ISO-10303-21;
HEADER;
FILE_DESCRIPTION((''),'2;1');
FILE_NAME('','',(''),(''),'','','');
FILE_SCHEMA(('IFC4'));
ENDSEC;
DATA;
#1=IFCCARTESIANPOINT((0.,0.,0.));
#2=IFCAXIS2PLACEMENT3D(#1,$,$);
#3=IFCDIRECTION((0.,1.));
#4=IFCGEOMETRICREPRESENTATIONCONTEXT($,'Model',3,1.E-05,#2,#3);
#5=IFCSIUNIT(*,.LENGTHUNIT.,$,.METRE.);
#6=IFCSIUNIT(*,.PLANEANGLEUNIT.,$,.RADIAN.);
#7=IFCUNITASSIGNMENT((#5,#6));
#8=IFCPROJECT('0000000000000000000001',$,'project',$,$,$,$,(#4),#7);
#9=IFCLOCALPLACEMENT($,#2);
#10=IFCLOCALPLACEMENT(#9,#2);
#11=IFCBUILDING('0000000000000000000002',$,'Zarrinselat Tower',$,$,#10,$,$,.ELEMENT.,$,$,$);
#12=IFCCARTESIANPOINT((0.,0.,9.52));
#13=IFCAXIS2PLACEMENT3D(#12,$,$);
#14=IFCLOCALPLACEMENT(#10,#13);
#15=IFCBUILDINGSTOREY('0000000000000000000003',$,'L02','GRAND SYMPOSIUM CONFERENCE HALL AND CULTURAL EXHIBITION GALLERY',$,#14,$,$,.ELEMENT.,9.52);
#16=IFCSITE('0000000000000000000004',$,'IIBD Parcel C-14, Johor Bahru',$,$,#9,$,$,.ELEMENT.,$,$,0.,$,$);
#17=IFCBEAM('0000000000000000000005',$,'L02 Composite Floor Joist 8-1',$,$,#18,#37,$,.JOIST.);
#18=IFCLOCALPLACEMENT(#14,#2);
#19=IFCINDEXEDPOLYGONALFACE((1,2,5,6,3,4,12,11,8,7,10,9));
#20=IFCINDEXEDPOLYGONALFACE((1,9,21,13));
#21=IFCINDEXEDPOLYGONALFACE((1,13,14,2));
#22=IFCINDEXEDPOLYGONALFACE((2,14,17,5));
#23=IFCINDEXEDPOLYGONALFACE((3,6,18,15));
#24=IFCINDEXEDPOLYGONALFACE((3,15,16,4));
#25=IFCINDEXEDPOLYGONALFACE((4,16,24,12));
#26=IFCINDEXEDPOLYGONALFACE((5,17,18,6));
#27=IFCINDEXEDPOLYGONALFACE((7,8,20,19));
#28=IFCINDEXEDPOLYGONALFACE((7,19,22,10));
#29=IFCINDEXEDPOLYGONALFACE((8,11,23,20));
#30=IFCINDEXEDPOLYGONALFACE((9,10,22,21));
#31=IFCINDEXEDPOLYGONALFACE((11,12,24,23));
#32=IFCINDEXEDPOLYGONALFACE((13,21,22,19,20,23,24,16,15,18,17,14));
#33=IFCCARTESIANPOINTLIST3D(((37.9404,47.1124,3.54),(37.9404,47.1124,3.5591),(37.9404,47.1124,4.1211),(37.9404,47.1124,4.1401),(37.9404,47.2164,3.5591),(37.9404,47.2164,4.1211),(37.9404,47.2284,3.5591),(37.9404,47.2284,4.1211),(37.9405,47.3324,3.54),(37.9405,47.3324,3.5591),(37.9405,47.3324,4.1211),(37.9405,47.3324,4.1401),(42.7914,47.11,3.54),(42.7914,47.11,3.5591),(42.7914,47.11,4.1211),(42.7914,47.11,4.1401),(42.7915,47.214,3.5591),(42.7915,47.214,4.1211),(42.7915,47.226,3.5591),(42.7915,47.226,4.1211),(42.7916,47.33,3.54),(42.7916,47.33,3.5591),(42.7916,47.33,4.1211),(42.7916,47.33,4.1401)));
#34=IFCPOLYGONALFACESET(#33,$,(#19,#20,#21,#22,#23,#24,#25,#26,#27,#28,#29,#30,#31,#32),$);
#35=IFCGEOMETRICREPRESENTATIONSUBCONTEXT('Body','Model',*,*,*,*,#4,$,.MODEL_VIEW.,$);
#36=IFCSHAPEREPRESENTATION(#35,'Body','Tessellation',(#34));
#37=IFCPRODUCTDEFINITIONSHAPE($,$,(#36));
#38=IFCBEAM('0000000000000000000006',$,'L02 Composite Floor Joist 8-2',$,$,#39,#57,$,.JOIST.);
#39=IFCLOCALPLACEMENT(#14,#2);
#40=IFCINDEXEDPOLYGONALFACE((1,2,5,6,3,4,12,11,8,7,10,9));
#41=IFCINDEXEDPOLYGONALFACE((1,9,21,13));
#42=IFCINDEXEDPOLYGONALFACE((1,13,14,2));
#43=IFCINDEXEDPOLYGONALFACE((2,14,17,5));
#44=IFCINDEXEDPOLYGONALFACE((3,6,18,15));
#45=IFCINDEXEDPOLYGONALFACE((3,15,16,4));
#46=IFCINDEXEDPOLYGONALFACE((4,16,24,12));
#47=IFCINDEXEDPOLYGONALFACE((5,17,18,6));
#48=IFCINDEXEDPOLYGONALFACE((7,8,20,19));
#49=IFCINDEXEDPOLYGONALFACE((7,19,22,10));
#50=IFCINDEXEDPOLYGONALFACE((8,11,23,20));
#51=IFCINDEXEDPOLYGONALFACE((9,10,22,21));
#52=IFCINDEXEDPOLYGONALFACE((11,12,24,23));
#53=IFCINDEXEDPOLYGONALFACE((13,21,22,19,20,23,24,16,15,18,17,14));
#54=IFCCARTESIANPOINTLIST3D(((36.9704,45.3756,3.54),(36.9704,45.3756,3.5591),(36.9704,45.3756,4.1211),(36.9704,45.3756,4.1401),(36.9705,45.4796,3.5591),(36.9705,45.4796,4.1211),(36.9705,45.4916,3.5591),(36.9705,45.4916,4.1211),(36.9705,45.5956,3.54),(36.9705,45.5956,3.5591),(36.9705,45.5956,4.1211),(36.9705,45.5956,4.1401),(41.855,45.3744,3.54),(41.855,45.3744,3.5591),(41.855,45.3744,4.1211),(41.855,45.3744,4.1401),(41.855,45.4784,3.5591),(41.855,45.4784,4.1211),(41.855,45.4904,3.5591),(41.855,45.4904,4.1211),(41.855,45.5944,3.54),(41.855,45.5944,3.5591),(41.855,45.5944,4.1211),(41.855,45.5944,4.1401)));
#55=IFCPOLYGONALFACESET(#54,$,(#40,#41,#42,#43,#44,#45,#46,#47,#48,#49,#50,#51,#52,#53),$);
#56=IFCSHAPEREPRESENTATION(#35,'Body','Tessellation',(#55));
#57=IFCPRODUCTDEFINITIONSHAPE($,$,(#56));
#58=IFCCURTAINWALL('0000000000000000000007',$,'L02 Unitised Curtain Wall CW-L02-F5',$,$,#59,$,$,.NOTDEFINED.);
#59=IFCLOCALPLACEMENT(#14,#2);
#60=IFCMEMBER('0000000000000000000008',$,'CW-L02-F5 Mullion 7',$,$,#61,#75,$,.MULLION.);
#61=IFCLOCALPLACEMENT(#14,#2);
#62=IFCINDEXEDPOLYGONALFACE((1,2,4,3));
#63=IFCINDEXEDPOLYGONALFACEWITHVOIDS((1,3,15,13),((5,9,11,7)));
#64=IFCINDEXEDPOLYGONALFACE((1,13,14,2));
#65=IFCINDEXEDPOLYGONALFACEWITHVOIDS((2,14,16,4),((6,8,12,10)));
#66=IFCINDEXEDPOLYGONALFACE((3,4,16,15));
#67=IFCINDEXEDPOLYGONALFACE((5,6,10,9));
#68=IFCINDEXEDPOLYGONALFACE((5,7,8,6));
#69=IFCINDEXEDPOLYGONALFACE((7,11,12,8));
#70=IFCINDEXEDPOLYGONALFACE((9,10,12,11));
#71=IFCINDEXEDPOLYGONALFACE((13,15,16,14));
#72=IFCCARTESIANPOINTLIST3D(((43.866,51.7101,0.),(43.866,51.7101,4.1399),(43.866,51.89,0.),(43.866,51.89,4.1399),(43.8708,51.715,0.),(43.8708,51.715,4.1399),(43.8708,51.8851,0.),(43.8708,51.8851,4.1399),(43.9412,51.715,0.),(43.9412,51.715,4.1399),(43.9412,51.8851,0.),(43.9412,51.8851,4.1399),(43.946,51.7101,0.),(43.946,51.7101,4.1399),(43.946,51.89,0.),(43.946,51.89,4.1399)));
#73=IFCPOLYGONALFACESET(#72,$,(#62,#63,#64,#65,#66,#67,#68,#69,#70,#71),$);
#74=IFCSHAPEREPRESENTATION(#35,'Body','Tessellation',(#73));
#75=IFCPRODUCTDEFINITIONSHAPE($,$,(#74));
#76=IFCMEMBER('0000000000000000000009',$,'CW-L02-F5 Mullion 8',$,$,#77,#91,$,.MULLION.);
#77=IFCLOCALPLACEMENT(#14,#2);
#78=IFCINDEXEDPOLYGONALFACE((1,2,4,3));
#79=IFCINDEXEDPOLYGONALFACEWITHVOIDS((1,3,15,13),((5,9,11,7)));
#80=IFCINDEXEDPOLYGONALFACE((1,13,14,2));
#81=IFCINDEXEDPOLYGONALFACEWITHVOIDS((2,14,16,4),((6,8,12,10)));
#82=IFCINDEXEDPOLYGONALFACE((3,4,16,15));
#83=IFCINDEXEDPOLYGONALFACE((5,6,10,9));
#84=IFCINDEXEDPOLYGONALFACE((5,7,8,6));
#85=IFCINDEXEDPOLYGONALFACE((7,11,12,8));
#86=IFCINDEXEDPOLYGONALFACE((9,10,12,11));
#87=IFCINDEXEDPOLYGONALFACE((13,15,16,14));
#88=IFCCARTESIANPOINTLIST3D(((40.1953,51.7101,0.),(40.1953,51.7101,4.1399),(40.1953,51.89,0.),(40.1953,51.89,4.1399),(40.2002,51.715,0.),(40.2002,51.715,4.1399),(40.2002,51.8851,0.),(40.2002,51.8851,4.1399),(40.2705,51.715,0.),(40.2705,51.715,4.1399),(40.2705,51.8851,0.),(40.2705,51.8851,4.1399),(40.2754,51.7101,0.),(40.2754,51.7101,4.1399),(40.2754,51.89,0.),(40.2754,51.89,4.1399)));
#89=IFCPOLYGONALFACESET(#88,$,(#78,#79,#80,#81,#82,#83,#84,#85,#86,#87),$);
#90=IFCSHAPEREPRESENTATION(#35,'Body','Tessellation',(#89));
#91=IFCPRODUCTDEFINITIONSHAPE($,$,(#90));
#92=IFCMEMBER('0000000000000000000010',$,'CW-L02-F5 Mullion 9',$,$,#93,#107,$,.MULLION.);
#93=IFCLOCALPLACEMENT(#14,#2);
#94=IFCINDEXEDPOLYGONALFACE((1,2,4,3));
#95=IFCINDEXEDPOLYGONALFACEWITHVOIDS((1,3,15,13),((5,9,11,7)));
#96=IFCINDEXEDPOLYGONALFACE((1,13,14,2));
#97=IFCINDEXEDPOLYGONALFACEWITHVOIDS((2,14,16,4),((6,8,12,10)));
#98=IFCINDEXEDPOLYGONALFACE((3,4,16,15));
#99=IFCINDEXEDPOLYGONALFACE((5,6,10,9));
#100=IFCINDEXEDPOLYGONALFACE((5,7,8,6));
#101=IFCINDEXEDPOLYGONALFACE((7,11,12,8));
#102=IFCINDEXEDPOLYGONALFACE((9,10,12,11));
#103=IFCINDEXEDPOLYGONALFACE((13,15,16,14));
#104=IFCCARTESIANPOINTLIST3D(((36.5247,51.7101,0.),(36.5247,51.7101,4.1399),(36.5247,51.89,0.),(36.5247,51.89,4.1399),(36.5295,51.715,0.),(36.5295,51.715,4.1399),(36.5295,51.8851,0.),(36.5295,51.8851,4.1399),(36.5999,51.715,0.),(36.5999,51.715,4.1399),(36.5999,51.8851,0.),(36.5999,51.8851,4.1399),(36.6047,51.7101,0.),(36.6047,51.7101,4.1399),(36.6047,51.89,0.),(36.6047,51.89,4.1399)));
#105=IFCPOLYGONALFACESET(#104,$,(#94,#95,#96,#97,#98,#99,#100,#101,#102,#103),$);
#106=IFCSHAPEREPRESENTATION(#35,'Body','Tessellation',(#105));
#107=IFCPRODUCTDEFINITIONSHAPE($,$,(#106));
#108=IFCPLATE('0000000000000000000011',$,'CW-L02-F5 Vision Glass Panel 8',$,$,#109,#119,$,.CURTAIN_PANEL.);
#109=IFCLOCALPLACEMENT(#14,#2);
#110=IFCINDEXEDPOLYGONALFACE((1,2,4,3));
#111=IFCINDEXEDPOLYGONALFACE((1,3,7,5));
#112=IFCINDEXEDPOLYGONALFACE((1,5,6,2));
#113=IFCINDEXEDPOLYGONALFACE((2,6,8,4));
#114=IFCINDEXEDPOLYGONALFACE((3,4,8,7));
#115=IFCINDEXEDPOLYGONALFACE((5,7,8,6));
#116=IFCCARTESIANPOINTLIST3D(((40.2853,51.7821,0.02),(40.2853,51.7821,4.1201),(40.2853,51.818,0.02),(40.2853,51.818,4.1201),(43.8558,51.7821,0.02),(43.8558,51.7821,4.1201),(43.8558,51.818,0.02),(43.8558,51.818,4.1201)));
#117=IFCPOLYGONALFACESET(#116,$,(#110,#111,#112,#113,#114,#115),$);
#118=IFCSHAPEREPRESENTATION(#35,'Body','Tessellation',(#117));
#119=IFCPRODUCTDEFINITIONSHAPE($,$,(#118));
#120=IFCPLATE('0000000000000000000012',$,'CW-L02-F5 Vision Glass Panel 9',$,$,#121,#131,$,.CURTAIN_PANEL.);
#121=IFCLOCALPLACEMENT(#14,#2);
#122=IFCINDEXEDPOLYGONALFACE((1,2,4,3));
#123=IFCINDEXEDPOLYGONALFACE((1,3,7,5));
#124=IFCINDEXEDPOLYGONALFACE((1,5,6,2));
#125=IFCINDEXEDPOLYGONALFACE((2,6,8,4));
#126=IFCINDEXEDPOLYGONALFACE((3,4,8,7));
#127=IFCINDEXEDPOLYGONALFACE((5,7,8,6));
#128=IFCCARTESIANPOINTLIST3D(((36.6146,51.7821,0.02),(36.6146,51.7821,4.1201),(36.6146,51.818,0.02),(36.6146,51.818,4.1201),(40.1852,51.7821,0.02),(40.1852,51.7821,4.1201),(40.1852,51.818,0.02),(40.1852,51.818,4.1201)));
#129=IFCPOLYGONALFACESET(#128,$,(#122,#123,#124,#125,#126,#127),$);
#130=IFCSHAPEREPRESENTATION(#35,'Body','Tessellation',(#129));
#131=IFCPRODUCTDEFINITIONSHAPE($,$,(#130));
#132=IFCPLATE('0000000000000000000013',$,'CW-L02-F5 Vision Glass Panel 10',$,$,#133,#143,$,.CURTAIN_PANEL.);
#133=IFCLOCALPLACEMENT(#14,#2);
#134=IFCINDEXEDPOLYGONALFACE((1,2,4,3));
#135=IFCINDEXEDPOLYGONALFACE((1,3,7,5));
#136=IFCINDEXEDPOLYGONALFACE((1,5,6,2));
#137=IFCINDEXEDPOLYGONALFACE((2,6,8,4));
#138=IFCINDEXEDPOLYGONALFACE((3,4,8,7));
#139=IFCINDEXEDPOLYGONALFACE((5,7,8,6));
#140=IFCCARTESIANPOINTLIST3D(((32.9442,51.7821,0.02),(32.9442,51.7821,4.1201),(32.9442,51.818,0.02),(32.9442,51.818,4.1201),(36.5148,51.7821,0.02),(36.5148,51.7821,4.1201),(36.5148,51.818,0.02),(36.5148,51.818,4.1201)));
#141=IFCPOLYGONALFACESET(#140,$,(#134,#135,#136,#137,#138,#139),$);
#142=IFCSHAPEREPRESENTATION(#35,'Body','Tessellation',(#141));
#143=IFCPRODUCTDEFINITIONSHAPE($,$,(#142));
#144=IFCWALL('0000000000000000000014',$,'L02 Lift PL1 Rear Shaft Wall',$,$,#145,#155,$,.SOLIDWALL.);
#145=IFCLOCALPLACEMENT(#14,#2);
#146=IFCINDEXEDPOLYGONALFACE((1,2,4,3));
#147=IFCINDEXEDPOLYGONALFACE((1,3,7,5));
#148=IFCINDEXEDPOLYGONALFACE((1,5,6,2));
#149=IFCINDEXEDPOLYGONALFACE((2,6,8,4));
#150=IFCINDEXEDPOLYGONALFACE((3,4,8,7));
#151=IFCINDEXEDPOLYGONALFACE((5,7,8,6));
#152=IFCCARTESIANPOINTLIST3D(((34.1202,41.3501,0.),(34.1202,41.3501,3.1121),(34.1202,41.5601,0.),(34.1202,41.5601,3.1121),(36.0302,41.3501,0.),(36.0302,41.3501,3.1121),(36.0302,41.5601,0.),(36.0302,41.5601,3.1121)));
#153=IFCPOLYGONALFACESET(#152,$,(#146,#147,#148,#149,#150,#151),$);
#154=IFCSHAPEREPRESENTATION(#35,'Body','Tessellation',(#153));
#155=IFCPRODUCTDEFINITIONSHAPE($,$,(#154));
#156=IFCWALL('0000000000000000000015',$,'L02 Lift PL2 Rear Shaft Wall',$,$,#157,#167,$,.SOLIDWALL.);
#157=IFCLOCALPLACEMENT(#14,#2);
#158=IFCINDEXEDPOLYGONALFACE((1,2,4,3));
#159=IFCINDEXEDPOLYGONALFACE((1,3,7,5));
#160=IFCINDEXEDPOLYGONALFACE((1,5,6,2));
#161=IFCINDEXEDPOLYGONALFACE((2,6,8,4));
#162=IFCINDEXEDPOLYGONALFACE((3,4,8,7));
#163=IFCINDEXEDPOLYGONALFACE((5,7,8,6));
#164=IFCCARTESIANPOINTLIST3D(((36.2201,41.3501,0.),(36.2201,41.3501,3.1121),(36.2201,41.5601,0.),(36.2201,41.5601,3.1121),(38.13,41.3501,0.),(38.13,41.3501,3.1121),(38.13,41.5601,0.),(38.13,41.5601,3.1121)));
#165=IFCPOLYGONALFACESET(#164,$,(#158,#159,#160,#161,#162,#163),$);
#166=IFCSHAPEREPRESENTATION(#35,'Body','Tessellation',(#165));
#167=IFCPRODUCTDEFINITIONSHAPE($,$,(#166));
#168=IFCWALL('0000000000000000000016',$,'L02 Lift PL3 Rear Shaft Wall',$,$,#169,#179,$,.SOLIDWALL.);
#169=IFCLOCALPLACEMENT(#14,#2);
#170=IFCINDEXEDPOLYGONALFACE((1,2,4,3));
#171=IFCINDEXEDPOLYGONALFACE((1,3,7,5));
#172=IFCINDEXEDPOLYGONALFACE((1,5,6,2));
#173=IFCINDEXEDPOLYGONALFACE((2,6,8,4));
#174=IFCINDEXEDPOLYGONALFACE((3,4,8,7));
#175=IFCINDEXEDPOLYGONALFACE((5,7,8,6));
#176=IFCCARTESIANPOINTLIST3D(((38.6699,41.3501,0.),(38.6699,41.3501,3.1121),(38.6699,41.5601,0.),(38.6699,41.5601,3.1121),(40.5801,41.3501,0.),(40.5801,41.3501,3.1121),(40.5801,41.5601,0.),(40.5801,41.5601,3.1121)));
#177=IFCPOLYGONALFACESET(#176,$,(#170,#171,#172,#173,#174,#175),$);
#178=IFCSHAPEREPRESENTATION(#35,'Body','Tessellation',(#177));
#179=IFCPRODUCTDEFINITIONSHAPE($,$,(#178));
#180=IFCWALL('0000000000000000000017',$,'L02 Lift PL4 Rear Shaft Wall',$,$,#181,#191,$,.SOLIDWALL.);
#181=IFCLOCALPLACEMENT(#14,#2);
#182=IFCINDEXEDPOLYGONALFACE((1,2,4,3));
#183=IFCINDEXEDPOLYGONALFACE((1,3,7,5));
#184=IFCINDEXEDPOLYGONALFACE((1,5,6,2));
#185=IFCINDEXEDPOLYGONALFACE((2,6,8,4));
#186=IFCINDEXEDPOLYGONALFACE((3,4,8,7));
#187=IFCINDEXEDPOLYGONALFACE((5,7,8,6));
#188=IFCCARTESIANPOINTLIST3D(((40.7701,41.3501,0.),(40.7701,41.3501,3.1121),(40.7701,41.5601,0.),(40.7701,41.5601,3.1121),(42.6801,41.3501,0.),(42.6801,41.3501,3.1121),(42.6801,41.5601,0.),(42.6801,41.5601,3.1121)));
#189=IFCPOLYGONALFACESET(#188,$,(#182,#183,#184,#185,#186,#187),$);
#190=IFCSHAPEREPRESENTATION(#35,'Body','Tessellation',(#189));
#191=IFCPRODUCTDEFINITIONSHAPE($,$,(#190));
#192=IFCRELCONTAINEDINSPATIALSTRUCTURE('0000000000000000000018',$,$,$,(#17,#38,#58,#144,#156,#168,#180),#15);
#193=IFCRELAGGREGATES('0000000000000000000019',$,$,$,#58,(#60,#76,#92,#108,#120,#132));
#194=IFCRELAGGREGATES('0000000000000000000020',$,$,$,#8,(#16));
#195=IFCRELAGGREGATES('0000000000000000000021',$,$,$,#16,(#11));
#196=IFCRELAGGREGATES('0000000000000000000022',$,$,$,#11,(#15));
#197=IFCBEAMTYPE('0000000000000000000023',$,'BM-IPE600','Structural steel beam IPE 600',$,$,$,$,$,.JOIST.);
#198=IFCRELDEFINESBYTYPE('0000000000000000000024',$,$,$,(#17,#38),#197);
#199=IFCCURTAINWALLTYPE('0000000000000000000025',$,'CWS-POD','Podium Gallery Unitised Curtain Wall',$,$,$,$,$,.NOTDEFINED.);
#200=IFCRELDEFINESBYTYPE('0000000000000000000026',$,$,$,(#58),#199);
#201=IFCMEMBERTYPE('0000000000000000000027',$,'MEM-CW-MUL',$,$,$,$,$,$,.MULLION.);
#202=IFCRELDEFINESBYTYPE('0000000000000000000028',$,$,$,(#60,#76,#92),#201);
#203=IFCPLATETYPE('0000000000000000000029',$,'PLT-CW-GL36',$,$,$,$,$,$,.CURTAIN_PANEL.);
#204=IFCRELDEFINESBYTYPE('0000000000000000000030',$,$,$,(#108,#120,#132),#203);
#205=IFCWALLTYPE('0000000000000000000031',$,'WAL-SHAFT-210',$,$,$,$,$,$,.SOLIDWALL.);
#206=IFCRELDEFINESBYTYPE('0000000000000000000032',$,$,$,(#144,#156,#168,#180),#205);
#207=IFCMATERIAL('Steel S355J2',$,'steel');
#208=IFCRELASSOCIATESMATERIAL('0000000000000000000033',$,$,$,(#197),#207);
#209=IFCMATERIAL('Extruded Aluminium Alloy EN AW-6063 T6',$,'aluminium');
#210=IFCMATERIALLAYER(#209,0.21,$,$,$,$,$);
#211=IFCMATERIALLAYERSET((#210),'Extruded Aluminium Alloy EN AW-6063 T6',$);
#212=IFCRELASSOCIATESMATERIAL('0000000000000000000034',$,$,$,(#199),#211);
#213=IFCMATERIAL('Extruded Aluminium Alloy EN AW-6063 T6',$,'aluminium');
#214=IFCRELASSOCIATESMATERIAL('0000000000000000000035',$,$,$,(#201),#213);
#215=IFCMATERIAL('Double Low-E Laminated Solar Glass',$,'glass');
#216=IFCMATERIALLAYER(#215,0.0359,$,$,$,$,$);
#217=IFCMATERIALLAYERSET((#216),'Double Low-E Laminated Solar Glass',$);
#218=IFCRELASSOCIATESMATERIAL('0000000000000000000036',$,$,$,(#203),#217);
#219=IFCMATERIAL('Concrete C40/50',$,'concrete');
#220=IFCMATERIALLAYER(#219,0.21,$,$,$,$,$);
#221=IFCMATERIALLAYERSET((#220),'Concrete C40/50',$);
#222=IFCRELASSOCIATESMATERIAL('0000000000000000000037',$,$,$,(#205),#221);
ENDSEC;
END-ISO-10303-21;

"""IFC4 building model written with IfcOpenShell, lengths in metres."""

from ifc_helpers import new_model, si_unit, direction, frame, frame_2d, origin, origin_2d, place, context, subcontext, project, spatial, rectangle, hollow_rectangle, i_section, extrude, material, layer, layer_set, material_profile, profile_set, type_object, element, aggregate, save


model = new_model("IFC4")

# Units and contexts
model_context = context("Model", 3, precision=1e-05, world=origin(), true_north=direction((0.0, 1.0)))
body_context = subcontext(model_context, "Body", "Model", "MODEL_VIEW")
ifc_project = project(units=[si_unit("LENGTHUNIT", "METRE"), si_unit("PLANEANGLEUNIT", "RADIAN")], contexts=[model_context])

# Site, building, storey
site_placement = place(None, origin())
site = spatial("IfcSite", under=ifc_project, at=site_placement, Name="IIBD Parcel C-14, Johor Bahru", CompositionType="ELEMENT", RefElevation=0.0)
building_placement = place(site_placement, origin())
building = spatial("IfcBuilding", under=site, at=building_placement, Name="Zarrinselat Tower", CompositionType="ELEMENT")
storey_placement = place(building_placement, frame((0.0, 0.0, 9.52)))
storey = spatial("IfcBuildingStorey", under=building, at=storey_placement, Name="L02", Description="GRAND SYMPOSIUM CONFERENCE HALL AND CULTURAL EXHIBITION GALLERY", CompositionType="ELEMENT", Elevation=9.52)

# Beams
ifc_material_1 = material(Name="Steel S355J2", Category="steel")
ifc_material_profile_1 = material_profile(ifc_material_1, i_section(OverallWidth=0.22, OverallDepth=0.6001, WebThickness=0.012, FlangeThickness=0.019, at=origin_2d()), Name="IPE 600")
ifc_profile_set_1 = profile_set([ifc_material_profile_1], Name="Steel S355J2")
beam_type_1 = type_object("IfcBeamType", Name="BM-IPE600", Description="Structural steel beam IPE 600", PredefinedType="JOIST", material=ifc_profile_set_1)
beam_1_placement = place(storey_placement, frame((37.9404, 47.2224, 3.8401), z_axis=(1.0, -0.000503, 0.0), x_axis=(0.000503, 1.0, 0.0)))
element("IfcBeam", 1, at=beam_1_placement, inside=storey, type_object=beam_type_1, Name="L02 Composite Floor Joist 8-1", PredefinedType="JOIST", context=body_context, shape_type="SweptSolid", body=[
    extrude(i_section(OverallWidth=0.22, OverallDepth=0.6001, WebThickness=0.012, FlangeThickness=0.019, at=origin_2d()), origin(), (0.0, 0.0, 1.0), 4.8511),
])
beam_2_placement = place(storey_placement, frame((36.9705, 45.4856, 3.8401), z_axis=(1.0, -0.00025, 0.0), x_axis=(0.00025, 1.0, 0.0)))
element("IfcBeam", 2, at=beam_2_placement, inside=storey, type_object=beam_type_1, Name="L02 Composite Floor Joist 8-2", PredefinedType="JOIST", context=body_context, shape_type="SweptSolid", body=[
    extrude(i_section(OverallWidth=0.22, OverallDepth=0.6001, WebThickness=0.012, FlangeThickness=0.019, at=origin_2d()), origin(), (0.0, 0.0, 1.0), 4.8845),
])

# Curtain wall, members, plates
ifc_material_2 = material(Name="Extruded Aluminium Alloy EN AW-6063 T6", Category="aluminium")
ifc_layer_1 = layer(ifc_material_2, 0.21)
ifc_layer_set_1 = layer_set([ifc_layer_1], Name="Extruded Aluminium Alloy EN AW-6063 T6")
curtain_wall_type = type_object("IfcCurtainWallType", Name="CWS-POD", Description="Podium Gallery Unitised Curtain Wall", PredefinedType="NOTDEFINED", material=ifc_layer_set_1)
curtain_wall_placement = place(storey_placement, origin())
curtain_wall = element("IfcCurtainWall", 3, at=curtain_wall_placement, inside=storey, type_object=curtain_wall_type, Name="L02 Unitised Curtain Wall CW-L02-F5", PredefinedType="NOTDEFINED")
ifc_material_3 = material(Name="Extruded Aluminium Alloy EN AW-6063 T6", Category="aluminium")
ifc_material_profile_2 = material_profile(ifc_material_3, hollow_rectangle(XDim=0.0801, YDim=0.1799, WallThickness=0.0049, at=origin_2d()), Name="RHS 180x80x5")
ifc_profile_set_2 = profile_set([ifc_material_profile_2], Name="Extruded Aluminium Alloy EN AW-6063 T6")
member_type = type_object("IfcMemberType", Name="MEM-CW-MUL", PredefinedType="MULLION", material=ifc_profile_set_2)
member_1_placement = place(storey_placement, frame((43.906, 51.8, 0.0), z_axis=(0.0, 0.0, 1.0), x_axis=(-1.0, 0.0, 0.0)))
member_1 = element("IfcMember", 4, at=member_1_placement, type_object=member_type, Name="CW-L02-F5 Mullion 7", PredefinedType="MULLION", context=body_context, shape_type="SweptSolid", body=[
    extrude(hollow_rectangle(XDim=0.0801, YDim=0.1799, WallThickness=0.0049, at=origin_2d()), origin(), (0.0, 0.0, 1.0), 4.1399),
])
member_2_placement = place(storey_placement, frame((40.2354, 51.8, 0.0), z_axis=(0.0, 0.0, 1.0), x_axis=(-1.0, 0.0, 0.0)))
member_2 = element("IfcMember", 5, at=member_2_placement, type_object=member_type, Name="CW-L02-F5 Mullion 8", PredefinedType="MULLION", context=body_context, shape_type="SweptSolid", body=[
    extrude(hollow_rectangle(XDim=0.0801, YDim=0.1799, WallThickness=0.0049, at=origin_2d()), origin(), (0.0, 0.0, 1.0), 4.1399),
])
member_3_placement = place(storey_placement, frame((36.5647, 51.8, 0.0), z_axis=(0.0, 0.0, 1.0), x_axis=(-1.0, 0.0, 0.0)))
member_3 = element("IfcMember", 6, at=member_3_placement, type_object=member_type, Name="CW-L02-F5 Mullion 9", PredefinedType="MULLION", context=body_context, shape_type="SweptSolid", body=[
    extrude(hollow_rectangle(XDim=0.0801, YDim=0.1799, WallThickness=0.0049, at=origin_2d()), origin(), (0.0, 0.0, 1.0), 4.1399),
])
ifc_material_4 = material(Name="Double Low-E Laminated Solar Glass", Category="glass")
ifc_layer_2 = layer(ifc_material_4, 0.0359)
ifc_layer_set_2 = layer_set([ifc_layer_2], Name="Double Low-E Laminated Solar Glass")
plate_type = type_object("IfcPlateType", Name="PLT-CW-GL36", PredefinedType="CURTAIN_PANEL", material=ifc_layer_set_2)
plate_1_placement = place(storey_placement, frame((42.0706, 51.8, 0.02), z_axis=(0.0, 0.0, 1.0), x_axis=(-1.0, 0.0, 0.0)))
plate_1 = element("IfcPlate", 7, at=plate_1_placement, type_object=plate_type, Name="CW-L02-F5 Vision Glass Panel 8", PredefinedType="CURTAIN_PANEL", context=body_context, shape_type="SweptSolid", body=[
    extrude(rectangle(XDim=3.5706, YDim=0.0359, at=origin_2d()), origin(), (0.0, 0.0, 1.0), 4.1001),
])
plate_2_placement = place(storey_placement, frame((38.3999, 51.8, 0.02), z_axis=(0.0, 0.0, 1.0), x_axis=(-1.0, 0.0, 0.0)))
plate_2 = element("IfcPlate", 8, at=plate_2_placement, type_object=plate_type, Name="CW-L02-F5 Vision Glass Panel 9", PredefinedType="CURTAIN_PANEL", context=body_context, shape_type="SweptSolid", body=[
    extrude(rectangle(XDim=3.5706, YDim=0.0359, at=origin_2d()), origin(), (0.0, 0.0, 1.0), 4.1001),
])
plate_3_placement = place(storey_placement, frame((34.7295, 51.8, 0.02), z_axis=(0.0, 0.0, 1.0), x_axis=(-1.0, 0.0, 0.0)))
plate_3 = element("IfcPlate", 9, at=plate_3_placement, type_object=plate_type, Name="CW-L02-F5 Vision Glass Panel 10", PredefinedType="CURTAIN_PANEL", context=body_context, shape_type="SweptSolid", body=[
    extrude(rectangle(XDim=3.5706, YDim=0.0359, at=origin_2d()), origin(), (0.0, 0.0, 1.0), 4.1001),
])
aggregate(curtain_wall, [member_1, member_2, member_3, plate_1, plate_2, plate_3])

# Walls
ifc_material_5 = material(Name="Concrete C40/50", Category="concrete")
ifc_layer_3 = layer(ifc_material_5, 0.21)
ifc_layer_set_3 = layer_set([ifc_layer_3], Name="Concrete C40/50")
wall_type_1 = type_object("IfcWallType", Name="WAL-SHAFT-210", PredefinedType="SOLIDWALL", material=ifc_layer_set_3)
for number, where, z_axis, x_axis, name in (
    (10, (34.1201, 41.4551, 0.0), (0.0, 0.0, 1.0), (1.0, 0.0, 0.0), "L02 Lift PL1 Rear Shaft Wall"),
    (11, (36.22, 41.4551, 0.0), (0.0, 0.0, 1.0), (1.0, 0.0, 0.0), "L02 Lift PL2 Rear Shaft Wall"),
):
    element("IfcWall", number, at=place(storey_placement, frame(where, z_axis=z_axis, x_axis=x_axis)), inside=storey, type_object=wall_type_1, Name=name, PredefinedType="SOLIDWALL", context=body_context, shape_type="SweptSolid", body=[
        extrude(rectangle(XDim=1.9099, YDim=0.21, at=frame_2d((0.9551, 0.0))), origin(), (0.0, 0.0, 1.0), 3.1121),
    ])
wall_1_placement = place(storey_placement, frame((38.6699, 41.4551, 0.0), z_axis=(0.0, 0.0, 1.0), x_axis=(1.0, 0.0, 0.0)))
element("IfcWall", 12, at=wall_1_placement, inside=storey, type_object=wall_type_1, Name="L02 Lift PL3 Rear Shaft Wall", PredefinedType="SOLIDWALL", context=body_context, shape_type="SweptSolid", body=[
    extrude(rectangle(XDim=1.9102, YDim=0.21, at=frame_2d((0.9551, 0.0))), origin(), (0.0, 0.0, 1.0), 3.1121),
])
wall_2_placement = place(storey_placement, frame((40.77, 41.4551, 0.0), z_axis=(0.0, 0.0, 1.0), x_axis=(1.0, 0.0, 0.0)))
element("IfcWall", 13, at=wall_2_placement, inside=storey, type_object=wall_type_1, Name="L02 Lift PL4 Rear Shaft Wall", PredefinedType="SOLIDWALL", context=body_context, shape_type="SweptSolid", body=[
    extrude(rectangle(XDim=1.9099, YDim=0.21, at=frame_2d((0.9551, 0.0))), origin(), (0.0, 0.0, 1.0), 3.1121),
])

save(model, "model.ifc")
